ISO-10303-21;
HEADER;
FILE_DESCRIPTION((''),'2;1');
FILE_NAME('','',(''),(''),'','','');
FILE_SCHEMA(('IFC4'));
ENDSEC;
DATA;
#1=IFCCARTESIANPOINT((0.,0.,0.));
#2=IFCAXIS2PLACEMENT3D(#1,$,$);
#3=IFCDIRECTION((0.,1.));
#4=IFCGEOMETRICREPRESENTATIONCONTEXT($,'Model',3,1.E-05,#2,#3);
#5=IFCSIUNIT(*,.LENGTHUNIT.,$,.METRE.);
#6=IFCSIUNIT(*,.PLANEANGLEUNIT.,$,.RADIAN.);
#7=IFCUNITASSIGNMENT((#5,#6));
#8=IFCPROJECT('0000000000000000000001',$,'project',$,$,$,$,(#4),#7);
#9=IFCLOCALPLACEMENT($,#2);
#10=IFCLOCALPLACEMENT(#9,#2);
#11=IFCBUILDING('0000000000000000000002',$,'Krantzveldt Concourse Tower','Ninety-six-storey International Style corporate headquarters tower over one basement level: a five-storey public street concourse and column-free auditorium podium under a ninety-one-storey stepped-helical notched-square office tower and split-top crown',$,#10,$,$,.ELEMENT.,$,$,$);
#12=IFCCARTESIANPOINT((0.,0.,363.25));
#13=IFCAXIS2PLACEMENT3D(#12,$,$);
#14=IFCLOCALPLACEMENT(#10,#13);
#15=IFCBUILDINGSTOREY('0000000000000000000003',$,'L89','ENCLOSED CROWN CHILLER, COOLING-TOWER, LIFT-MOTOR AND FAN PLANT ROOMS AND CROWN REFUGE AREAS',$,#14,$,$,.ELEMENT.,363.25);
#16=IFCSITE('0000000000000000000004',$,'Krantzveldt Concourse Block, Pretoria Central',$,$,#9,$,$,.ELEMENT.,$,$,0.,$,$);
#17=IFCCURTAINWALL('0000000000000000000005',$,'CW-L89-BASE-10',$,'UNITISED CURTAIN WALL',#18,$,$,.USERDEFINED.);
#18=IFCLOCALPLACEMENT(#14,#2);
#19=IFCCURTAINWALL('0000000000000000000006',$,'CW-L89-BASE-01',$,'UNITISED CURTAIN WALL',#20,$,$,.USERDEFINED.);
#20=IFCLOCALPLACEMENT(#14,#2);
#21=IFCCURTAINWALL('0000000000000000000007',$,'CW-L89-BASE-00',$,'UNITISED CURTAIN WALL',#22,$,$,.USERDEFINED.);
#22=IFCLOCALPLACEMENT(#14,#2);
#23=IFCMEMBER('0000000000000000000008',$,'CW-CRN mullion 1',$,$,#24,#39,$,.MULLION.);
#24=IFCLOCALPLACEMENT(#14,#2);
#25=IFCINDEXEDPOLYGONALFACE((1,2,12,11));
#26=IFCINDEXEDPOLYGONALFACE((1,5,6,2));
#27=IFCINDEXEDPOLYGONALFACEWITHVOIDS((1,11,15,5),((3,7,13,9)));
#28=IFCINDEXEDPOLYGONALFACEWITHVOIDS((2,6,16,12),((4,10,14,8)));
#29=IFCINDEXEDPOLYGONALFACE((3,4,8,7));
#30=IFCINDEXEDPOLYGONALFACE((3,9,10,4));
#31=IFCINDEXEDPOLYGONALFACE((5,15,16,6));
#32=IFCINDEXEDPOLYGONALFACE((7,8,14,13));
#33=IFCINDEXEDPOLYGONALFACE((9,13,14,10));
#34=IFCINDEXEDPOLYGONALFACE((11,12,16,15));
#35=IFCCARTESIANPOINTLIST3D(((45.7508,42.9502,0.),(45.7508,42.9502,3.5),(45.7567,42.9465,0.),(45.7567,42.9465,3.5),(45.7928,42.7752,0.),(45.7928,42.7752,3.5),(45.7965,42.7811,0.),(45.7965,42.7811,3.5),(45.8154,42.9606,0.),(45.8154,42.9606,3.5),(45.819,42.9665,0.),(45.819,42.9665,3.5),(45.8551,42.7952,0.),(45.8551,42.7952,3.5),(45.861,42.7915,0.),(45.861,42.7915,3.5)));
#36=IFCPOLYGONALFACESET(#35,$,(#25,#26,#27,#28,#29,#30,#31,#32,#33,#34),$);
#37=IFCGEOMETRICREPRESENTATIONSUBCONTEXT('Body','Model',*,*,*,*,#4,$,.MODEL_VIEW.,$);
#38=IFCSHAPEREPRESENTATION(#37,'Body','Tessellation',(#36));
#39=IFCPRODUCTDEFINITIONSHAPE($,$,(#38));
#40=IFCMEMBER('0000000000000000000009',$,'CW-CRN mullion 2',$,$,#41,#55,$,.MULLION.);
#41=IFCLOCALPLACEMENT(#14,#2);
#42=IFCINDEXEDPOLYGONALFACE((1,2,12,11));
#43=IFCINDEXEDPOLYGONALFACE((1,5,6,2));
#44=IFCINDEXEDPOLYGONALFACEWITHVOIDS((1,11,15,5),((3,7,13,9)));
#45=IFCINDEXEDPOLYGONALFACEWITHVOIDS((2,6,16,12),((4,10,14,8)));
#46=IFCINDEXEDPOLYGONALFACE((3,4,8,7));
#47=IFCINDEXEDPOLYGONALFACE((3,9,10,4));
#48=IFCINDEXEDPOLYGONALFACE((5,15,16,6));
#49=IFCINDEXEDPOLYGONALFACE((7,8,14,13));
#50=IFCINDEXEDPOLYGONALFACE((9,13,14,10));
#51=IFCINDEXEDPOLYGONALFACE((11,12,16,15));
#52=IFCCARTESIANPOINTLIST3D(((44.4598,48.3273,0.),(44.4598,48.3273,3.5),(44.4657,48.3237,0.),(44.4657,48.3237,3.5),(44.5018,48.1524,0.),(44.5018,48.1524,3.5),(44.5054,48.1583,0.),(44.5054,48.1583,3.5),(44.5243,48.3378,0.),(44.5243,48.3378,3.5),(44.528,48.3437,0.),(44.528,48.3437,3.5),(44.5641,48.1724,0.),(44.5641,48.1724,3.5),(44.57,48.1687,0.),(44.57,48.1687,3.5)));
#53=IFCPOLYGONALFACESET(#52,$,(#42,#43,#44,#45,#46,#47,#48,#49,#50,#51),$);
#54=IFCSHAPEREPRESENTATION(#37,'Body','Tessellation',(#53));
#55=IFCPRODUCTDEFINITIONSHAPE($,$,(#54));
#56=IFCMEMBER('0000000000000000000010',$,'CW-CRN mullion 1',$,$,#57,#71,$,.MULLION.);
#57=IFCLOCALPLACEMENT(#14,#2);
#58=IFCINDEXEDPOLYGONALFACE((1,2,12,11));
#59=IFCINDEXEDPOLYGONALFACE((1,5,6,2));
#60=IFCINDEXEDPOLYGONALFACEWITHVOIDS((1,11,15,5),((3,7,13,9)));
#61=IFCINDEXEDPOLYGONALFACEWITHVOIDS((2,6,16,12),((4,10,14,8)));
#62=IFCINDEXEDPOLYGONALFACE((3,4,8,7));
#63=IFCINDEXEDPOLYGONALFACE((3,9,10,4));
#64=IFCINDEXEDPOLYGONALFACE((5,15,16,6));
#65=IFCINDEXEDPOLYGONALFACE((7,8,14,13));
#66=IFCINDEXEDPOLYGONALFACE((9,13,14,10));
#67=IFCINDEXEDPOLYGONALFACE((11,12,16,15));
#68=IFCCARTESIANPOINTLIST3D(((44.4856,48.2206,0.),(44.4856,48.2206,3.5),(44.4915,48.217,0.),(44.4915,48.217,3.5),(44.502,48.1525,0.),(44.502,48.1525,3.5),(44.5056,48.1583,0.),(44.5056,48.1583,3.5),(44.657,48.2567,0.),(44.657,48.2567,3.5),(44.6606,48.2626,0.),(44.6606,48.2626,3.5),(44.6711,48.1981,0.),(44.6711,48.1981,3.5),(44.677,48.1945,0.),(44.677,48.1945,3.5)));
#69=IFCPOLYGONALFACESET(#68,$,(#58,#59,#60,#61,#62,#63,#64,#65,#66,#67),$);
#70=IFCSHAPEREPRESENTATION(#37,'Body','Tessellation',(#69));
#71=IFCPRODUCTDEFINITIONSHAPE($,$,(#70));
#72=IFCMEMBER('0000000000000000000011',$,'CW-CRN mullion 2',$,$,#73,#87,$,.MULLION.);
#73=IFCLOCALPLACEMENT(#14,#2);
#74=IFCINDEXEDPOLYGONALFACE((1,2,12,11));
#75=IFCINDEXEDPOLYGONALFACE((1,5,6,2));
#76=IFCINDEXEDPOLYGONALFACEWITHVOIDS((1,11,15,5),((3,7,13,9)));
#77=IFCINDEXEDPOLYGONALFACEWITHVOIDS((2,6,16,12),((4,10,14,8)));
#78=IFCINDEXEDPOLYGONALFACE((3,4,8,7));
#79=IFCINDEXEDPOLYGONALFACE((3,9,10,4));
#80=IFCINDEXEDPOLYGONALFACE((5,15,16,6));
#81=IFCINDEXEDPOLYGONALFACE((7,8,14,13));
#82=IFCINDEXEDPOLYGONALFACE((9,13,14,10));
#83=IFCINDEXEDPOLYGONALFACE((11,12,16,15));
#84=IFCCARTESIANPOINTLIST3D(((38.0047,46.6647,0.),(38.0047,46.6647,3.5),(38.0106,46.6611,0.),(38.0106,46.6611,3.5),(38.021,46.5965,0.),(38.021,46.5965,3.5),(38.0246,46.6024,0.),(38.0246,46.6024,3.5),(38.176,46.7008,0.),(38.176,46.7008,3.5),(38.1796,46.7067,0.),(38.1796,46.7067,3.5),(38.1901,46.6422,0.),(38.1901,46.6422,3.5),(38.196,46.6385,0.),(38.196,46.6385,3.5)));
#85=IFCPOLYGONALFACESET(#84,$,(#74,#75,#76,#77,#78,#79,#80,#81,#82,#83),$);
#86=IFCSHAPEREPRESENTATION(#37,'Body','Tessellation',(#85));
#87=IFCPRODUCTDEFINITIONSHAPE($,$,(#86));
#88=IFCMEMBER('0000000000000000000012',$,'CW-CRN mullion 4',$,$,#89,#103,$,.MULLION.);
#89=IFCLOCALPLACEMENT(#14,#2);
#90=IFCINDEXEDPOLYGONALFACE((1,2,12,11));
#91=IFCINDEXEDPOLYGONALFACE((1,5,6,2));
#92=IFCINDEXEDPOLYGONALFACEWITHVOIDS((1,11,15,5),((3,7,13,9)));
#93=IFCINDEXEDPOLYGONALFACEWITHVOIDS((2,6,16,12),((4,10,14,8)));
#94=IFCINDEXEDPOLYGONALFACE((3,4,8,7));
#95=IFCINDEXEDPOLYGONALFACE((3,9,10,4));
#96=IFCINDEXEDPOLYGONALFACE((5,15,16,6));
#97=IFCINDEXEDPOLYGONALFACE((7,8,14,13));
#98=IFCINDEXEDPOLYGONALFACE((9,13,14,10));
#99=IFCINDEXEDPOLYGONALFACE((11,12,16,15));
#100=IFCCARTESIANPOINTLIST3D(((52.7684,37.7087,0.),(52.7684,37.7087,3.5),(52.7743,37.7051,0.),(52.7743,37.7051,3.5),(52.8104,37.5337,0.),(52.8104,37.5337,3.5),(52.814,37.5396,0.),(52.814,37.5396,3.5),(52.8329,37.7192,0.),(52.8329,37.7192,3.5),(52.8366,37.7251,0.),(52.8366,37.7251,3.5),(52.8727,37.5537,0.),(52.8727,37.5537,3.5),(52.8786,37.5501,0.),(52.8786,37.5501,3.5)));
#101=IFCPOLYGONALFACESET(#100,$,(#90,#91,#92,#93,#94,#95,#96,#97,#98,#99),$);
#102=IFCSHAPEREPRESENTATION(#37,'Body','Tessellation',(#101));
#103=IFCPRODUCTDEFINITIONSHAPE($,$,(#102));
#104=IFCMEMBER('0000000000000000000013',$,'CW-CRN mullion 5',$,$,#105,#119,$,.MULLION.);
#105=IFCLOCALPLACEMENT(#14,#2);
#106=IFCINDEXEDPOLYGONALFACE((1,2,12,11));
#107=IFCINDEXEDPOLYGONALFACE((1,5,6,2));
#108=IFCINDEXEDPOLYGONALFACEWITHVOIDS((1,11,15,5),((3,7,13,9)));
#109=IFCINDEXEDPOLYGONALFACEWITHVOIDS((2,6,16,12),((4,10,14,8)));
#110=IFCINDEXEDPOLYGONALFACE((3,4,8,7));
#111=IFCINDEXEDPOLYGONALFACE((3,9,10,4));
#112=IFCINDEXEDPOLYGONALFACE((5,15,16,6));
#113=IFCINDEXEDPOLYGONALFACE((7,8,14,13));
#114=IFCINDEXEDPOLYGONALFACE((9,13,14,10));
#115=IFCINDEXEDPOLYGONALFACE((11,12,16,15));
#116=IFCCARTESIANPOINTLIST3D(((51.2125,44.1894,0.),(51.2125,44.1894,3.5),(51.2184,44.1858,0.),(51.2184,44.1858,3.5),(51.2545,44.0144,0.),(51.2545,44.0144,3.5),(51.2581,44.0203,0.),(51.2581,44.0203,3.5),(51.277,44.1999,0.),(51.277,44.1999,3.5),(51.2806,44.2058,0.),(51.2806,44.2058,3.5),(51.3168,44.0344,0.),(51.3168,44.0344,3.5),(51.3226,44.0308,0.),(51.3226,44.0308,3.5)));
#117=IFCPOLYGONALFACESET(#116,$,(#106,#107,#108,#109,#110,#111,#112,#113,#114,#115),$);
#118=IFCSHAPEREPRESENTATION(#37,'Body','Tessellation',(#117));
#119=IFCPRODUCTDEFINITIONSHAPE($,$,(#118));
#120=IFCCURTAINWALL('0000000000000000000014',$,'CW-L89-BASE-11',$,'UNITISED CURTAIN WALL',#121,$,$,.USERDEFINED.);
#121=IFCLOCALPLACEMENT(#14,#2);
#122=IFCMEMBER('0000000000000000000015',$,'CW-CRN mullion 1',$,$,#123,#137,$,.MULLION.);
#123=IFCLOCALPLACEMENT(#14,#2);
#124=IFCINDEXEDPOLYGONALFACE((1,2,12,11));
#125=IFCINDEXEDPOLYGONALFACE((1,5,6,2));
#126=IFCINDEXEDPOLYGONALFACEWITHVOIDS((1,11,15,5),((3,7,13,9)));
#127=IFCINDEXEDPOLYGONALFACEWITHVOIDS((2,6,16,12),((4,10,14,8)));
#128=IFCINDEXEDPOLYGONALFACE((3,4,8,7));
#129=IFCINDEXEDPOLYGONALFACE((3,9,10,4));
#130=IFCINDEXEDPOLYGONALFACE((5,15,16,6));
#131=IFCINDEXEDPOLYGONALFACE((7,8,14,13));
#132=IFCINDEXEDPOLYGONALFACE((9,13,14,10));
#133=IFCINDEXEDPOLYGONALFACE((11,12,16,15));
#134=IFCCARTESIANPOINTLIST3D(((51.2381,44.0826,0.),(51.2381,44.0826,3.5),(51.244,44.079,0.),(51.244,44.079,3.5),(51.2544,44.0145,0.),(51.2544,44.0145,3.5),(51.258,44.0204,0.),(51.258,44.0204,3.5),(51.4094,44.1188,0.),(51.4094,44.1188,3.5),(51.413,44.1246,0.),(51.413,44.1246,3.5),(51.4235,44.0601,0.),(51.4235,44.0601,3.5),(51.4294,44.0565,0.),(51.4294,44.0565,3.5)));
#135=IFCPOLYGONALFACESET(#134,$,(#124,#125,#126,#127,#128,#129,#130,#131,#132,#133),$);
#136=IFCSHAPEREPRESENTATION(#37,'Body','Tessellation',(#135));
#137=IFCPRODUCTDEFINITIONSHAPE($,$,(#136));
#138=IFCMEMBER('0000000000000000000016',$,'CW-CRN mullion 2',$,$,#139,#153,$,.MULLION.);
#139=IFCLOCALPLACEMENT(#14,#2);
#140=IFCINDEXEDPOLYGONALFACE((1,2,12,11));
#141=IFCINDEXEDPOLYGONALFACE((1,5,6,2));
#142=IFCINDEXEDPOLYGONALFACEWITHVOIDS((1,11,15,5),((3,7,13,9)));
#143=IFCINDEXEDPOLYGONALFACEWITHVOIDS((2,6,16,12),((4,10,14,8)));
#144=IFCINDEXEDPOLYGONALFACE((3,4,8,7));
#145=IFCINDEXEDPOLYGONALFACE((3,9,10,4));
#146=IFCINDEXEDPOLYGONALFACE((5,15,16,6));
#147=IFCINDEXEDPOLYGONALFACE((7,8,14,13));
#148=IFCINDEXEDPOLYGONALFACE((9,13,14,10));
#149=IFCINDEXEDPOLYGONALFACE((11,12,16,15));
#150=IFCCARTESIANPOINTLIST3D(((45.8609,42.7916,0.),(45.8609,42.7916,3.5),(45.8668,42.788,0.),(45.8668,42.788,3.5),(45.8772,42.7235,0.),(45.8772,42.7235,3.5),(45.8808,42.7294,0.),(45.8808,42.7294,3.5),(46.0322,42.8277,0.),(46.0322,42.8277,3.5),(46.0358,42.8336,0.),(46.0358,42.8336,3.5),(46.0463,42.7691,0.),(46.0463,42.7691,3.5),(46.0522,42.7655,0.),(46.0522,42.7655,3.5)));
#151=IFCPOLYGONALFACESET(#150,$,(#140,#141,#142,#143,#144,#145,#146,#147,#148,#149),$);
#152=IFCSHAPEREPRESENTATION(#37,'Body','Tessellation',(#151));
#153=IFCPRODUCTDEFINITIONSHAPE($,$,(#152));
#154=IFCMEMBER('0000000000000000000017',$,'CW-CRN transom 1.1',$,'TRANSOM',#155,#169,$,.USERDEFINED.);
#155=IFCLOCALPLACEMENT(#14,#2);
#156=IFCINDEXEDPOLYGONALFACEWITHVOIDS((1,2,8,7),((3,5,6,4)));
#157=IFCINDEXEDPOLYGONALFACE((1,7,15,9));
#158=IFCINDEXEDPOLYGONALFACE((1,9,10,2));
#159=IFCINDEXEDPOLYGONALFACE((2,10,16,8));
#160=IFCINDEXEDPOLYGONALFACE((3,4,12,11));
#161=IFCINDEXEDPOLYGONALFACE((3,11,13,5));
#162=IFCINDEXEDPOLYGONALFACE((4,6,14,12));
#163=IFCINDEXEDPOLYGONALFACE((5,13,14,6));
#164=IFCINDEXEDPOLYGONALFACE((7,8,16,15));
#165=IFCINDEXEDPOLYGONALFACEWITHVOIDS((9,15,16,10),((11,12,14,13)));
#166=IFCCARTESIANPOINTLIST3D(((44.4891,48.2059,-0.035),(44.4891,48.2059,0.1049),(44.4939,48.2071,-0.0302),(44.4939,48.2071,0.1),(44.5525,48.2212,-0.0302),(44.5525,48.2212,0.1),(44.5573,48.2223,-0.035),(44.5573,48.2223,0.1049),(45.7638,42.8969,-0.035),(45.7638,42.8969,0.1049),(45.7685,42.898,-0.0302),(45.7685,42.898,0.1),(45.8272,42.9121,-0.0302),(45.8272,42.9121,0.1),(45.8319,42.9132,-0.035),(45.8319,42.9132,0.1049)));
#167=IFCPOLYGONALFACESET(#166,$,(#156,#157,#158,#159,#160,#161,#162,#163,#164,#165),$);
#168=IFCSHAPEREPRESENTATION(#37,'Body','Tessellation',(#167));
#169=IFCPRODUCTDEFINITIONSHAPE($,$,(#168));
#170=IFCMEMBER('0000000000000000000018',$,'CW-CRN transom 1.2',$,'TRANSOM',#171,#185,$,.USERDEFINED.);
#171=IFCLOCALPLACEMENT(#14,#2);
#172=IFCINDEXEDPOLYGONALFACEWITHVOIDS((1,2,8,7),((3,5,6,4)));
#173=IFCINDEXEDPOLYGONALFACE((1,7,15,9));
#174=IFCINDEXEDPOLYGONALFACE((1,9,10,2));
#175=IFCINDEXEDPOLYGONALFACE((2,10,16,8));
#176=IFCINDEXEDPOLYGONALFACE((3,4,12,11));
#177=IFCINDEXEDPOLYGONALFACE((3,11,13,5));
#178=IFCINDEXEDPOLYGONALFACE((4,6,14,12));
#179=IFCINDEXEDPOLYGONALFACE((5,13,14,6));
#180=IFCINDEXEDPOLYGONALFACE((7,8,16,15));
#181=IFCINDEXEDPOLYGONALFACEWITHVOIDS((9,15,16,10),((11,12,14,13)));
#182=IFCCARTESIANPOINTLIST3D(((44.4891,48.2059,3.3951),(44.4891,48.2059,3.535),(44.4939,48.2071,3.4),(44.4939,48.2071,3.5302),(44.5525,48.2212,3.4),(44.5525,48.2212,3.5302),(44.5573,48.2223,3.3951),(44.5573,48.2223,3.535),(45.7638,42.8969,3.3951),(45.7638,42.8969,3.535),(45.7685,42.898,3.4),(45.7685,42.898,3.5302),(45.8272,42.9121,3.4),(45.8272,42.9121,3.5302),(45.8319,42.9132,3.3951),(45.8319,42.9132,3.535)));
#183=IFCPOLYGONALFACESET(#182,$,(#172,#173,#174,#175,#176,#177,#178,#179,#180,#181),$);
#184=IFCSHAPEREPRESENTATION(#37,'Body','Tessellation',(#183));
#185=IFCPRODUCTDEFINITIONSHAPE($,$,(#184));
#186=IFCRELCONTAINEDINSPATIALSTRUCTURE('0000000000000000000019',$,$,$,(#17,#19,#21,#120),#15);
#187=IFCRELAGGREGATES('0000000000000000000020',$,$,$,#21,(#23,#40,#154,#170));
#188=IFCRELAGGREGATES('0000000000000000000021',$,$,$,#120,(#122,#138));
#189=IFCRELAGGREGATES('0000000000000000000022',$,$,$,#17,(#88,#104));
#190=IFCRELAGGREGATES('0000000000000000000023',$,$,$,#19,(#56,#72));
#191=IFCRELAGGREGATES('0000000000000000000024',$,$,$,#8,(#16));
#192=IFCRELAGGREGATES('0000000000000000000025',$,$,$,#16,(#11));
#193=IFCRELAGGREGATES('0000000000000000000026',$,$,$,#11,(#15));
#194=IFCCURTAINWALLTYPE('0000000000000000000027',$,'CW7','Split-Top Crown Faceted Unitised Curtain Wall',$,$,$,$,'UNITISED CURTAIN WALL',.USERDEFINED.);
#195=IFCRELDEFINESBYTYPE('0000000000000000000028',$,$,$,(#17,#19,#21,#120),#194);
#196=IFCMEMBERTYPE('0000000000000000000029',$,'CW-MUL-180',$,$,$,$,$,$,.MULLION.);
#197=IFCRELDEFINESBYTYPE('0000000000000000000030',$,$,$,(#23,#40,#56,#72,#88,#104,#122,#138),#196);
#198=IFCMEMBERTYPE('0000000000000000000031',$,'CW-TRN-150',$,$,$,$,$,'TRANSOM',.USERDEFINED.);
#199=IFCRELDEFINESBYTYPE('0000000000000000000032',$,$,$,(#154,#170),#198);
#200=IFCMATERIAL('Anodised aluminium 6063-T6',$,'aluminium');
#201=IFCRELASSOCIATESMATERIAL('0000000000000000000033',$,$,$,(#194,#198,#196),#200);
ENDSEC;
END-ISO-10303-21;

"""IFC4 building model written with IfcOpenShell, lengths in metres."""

from ifc_helpers import new_model, si_unit, direction, frame, origin, origin_2d, place, context, subcontext, project, spatial, hollow_rectangle, extrude, source, transform, mapped, material, material_profile, profile_set, type_object, type_shapes, element, aggregate, save


model = new_model("IFC4")

# Units and contexts
model_context = context("Model", 3, precision=1e-05, world=origin(), true_north=direction((0.0, 1.0)))
body_context = subcontext(model_context, "Body", "Model", "MODEL_VIEW")
ifc_project = project(units=[si_unit("LENGTHUNIT", "METRE"), si_unit("PLANEANGLEUNIT", "RADIAN")], contexts=[model_context])

# Site, building, storey
site_placement = place(None, origin())
site = spatial("IfcSite", under=ifc_project, at=site_placement, Name="Krantzveldt Concourse Block, Pretoria Central", CompositionType="ELEMENT", RefElevation=0.0)
building_placement = place(site_placement, origin())
building = spatial("IfcBuilding", under=site, at=building_placement, Name="Krantzveldt Concourse Tower", Description="Ninety-six-storey International Style corporate headquarters tower over one basement level: a five-storey public street concourse and column-free auditorium podium under a ninety-one-storey stepped-helical notched-square office tower and split-top crown", CompositionType="ELEMENT")
storey_placement = place(building_placement, frame((0.0, 0.0, 363.25)))
storey = spatial("IfcBuildingStorey", under=building, at=storey_placement, Name="L89", Description="ENCLOSED CROWN CHILLER, COOLING-TOWER, LIFT-MOTOR AND FAN PLANT ROOMS AND CROWN REFUGE AREAS", CompositionType="ELEMENT", Elevation=363.25)

# Curtain walls, members
ifc_material_1 = material(Name="Anodised aluminium 6063-T6", Category="aluminium")
curtain_wall_type = type_object("IfcCurtainWallType", Name="CW7", Description="Split-Top Crown Faceted Unitised Curtain Wall", ElementType="UNITISED CURTAIN WALL", PredefinedType="USERDEFINED", material=ifc_material_1)
curtain_wall_1_placement = place(storey_placement, origin())
curtain_wall_1 = element("IfcCurtainWall", 1, at=curtain_wall_1_placement, inside=storey, type_object=curtain_wall_type, Name="CW-L89-BASE-10", ObjectType="UNITISED CURTAIN WALL", PredefinedType="USERDEFINED")
ifc_material_profile_1 = material_profile(ifc_material_1, hollow_rectangle(XDim=0.0701, YDim=0.1399, WallThickness=0.0049, at=origin_2d()), Name="Anodised aluminium 6063-T6", Category="aluminium")
ifc_profile_set_1 = profile_set([ifc_material_profile_1], Name="Anodised aluminium 6063-T6 - ALU-TRAN 140x70x5")
member_type_1 = type_object("IfcMemberType", Name="CW-TRN-150", ElementType="TRANSOM", PredefinedType="USERDEFINED", material=ifc_profile_set_1)
curtain_wall_2_placement = place(storey_placement, origin())
curtain_wall_2 = element("IfcCurtainWall", 2, at=curtain_wall_2_placement, inside=storey, type_object=curtain_wall_type, Name="CW-L89-BASE-01", ObjectType="UNITISED CURTAIN WALL", PredefinedType="USERDEFINED")
curtain_wall_3_placement = place(storey_placement, origin())
curtain_wall_3 = element("IfcCurtainWall", 3, at=curtain_wall_3_placement, inside=storey, type_object=curtain_wall_type, Name="CW-L89-BASE-00", ObjectType="UNITISED CURTAIN WALL", PredefinedType="USERDEFINED")
ifc_material_profile_2 = material_profile(ifc_material_1, hollow_rectangle(XDim=0.0701, YDim=0.1799, WallThickness=0.0049, at=origin_2d()), Name="Anodised aluminium 6063-T6", Category="aluminium")
ifc_profile_set_2 = profile_set([ifc_material_profile_2], Name="Anodised aluminium 6063-T6 - ALU-MULL 180x70x5")
member_type_2 = type_object("IfcMemberType", Name="CW-MUL-180", PredefinedType="MULLION", material=ifc_profile_set_2)
shared_shape_1 = source(origin(), body_context, "Body", "SweptSolid", [
    extrude(hollow_rectangle(XDim=0.0701, YDim=0.1799, WallThickness=0.0049, at=origin_2d()), origin(), (0.0, 0.0, 1.0), 3.5),
])
type_shapes(member_type_2, [shared_shape_1])
member_1_placement = place(storey_placement, frame((45.8059, 42.8708, 0.0), z_axis=(0.0, 0.0, 1.0), x_axis=(-0.97237, -0.233444, 0.0)))
member_1 = element("IfcMember", 4, at=member_1_placement, type_object=member_type_2, Name="CW-CRN mullion 1", PredefinedType="MULLION", context=body_context, shape_type="MappedRepresentation", body=[
    mapped(shared_shape_1, transform((0.0, 0.0, 0.0), x_axis=(1.0, 0.0, 0.0), y_axis=(0.0, 1.0, 0.0), z_axis=(0.0, 0.0, 1.0), scale=1.0)),
])
member_2_placement = place(storey_placement, frame((44.5149, 48.248, 0.0), z_axis=(0.0, 0.0, 1.0), x_axis=(-0.97237, -0.233444, 0.0)))
member_2 = element("IfcMember", 5, at=member_2_placement, type_object=member_type_2, Name="CW-CRN mullion 2", PredefinedType="MULLION", context=body_context, shape_type="MappedRepresentation", body=[
    mapped(shared_shape_1, transform((0.0, 0.0, 0.0), x_axis=(1.0, 0.0, 0.0), y_axis=(0.0, 1.0, 0.0), z_axis=(0.0, 0.0, 1.0), scale=1.0)),
])

# Members
member_3_placement = place(storey_placement, frame((44.5813, 48.2075, 0.0), z_axis=(0.0, 0.0, 1.0), x_axis=(0.233445, -0.97237, 0.0)))
member_3 = element("IfcMember", 6, at=member_3_placement, type_object=member_type_2, Name="CW-CRN mullion 1", PredefinedType="MULLION", context=body_context, shape_type="MappedRepresentation", body=[
    mapped(shared_shape_1, transform((0.0, 0.0, 0.0), x_axis=(1.0, 0.0, 0.0), y_axis=(0.0, 1.0, 0.0), z_axis=(0.0, 0.0, 1.0), scale=1.0)),
])
member_4_placement = place(storey_placement, frame((38.1003, 46.6516, 0.0), z_axis=(0.0, 0.0, 1.0), x_axis=(0.233445, -0.97237, 0.0)))
member_4 = element("IfcMember", 7, at=member_4_placement, type_object=member_type_2, Name="CW-CRN mullion 2", PredefinedType="MULLION", context=body_context, shape_type="MappedRepresentation", body=[
    mapped(shared_shape_1, transform((0.0, 0.0, 0.0), x_axis=(1.0, 0.0, 0.0), y_axis=(0.0, 1.0, 0.0), z_axis=(0.0, 0.0, 1.0), scale=1.0)),
])
member_5_placement = place(storey_placement, frame((52.8235, 37.6294, 0.0), z_axis=(0.0, 0.0, 1.0), x_axis=(-0.97237, -0.233445, 0.0)))
member_5 = element("IfcMember", 8, at=member_5_placement, type_object=member_type_2, Name="CW-CRN mullion 4", PredefinedType="MULLION", context=body_context, shape_type="MappedRepresentation", body=[
    mapped(shared_shape_1, transform((0.0, 0.0, 0.0), x_axis=(1.0, 0.0, 0.0), y_axis=(0.0, 1.0, 0.0), z_axis=(0.0, 0.0, 1.0), scale=1.0)),
])
member_6_placement = place(storey_placement, frame((51.2676, 44.1101, 0.0), z_axis=(0.0, 0.0, 1.0), x_axis=(-0.97237, -0.233445, 0.0)))
member_6 = element("IfcMember", 9, at=member_6_placement, type_object=member_type_2, Name="CW-CRN mullion 5", PredefinedType="MULLION", context=body_context, shape_type="MappedRepresentation", body=[
    mapped(shared_shape_1, transform((0.0, 0.0, 0.0), x_axis=(1.0, 0.0, 0.0), y_axis=(0.0, 1.0, 0.0), z_axis=(0.0, 0.0, 1.0), scale=1.0)),
])

# Curtain wall, members
curtain_wall_4_placement = place(storey_placement, origin())
curtain_wall_4 = element("IfcCurtainWall", 10, at=curtain_wall_4_placement, inside=storey, type_object=curtain_wall_type, Name="CW-L89-BASE-11", ObjectType="UNITISED CURTAIN WALL", PredefinedType="USERDEFINED")
member_7_placement = place(storey_placement, frame((51.3337, 44.0696, 0.0), z_axis=(0.0, 0.0, 1.0), x_axis=(0.233446, -0.97237, 0.0)))
member_7 = element("IfcMember", 11, at=member_7_placement, type_object=member_type_2, Name="CW-CRN mullion 1", PredefinedType="MULLION", context=body_context, shape_type="MappedRepresentation", body=[
    mapped(shared_shape_1, transform((0.0, 0.0, 0.0), x_axis=(1.0, 0.0, 0.0), y_axis=(0.0, 1.0, 0.0), z_axis=(0.0, 0.0, 1.0), scale=1.0)),
])
member_8_placement = place(storey_placement, frame((45.9565, 42.7786, 0.0), z_axis=(0.0, 0.0, 1.0), x_axis=(0.233446, -0.97237, 0.0)))
member_8 = element("IfcMember", 12, at=member_8_placement, type_object=member_type_2, Name="CW-CRN mullion 2", PredefinedType="MULLION", context=body_context, shape_type="MappedRepresentation", body=[
    mapped(shared_shape_1, transform((0.0, 0.0, 0.0), x_axis=(1.0, 0.0, 0.0), y_axis=(0.0, 1.0, 0.0), z_axis=(0.0, 0.0, 1.0), scale=1.0)),
])

# Members
shared_shape_2 = source(origin(), body_context, "Body", "SweptSolid", [
    extrude(hollow_rectangle(XDim=0.0701, YDim=0.1399, WallThickness=0.0049, at=origin_2d()), origin(), (0.0, 0.0, 1.0), 5.46),
])
member_9_placement = place(storey_placement, frame((45.7979, 42.905, 0.0349), z_axis=(-0.233456, 0.972367, 0.0), x_axis=(-0.972367, -0.233456, 0.0)))
member_9 = element("IfcMember", 13, at=member_9_placement, type_object=member_type_1, Name="CW-CRN transom 1.1", ObjectType="TRANSOM", PredefinedType="USERDEFINED", context=body_context, shape_type="MappedRepresentation", body=[
    mapped(shared_shape_2, transform((0.0, 0.0, 0.0), x_axis=(1.0, 0.0, 0.0), y_axis=(0.0, 1.0, 0.0), z_axis=(0.0, 0.0, 1.0), scale=1.0)),
])
member_10_placement = place(storey_placement, frame((45.7979, 42.905, 3.4651), z_axis=(-0.233456, 0.972367, 0.0), x_axis=(-0.972367, -0.233456, 0.0)))
member_10 = element("IfcMember", 14, at=member_10_placement, type_object=member_type_1, Name="CW-CRN transom 1.2", ObjectType="TRANSOM", PredefinedType="USERDEFINED", context=body_context, shape_type="MappedRepresentation", body=[
    mapped(shared_shape_2, transform((0.0, 0.0, 0.0), x_axis=(1.0, 0.0, 0.0), y_axis=(0.0, 1.0, 0.0), z_axis=(0.0, 0.0, 1.0), scale=1.0)),
])

aggregate(curtain_wall_3, [member_1, member_2, member_9, member_10])
aggregate(curtain_wall_4, [member_7, member_8])
aggregate(curtain_wall_1, [member_5, member_6])
aggregate(curtain_wall_2, [member_3, member_4])

save(model, "model.ifc")
